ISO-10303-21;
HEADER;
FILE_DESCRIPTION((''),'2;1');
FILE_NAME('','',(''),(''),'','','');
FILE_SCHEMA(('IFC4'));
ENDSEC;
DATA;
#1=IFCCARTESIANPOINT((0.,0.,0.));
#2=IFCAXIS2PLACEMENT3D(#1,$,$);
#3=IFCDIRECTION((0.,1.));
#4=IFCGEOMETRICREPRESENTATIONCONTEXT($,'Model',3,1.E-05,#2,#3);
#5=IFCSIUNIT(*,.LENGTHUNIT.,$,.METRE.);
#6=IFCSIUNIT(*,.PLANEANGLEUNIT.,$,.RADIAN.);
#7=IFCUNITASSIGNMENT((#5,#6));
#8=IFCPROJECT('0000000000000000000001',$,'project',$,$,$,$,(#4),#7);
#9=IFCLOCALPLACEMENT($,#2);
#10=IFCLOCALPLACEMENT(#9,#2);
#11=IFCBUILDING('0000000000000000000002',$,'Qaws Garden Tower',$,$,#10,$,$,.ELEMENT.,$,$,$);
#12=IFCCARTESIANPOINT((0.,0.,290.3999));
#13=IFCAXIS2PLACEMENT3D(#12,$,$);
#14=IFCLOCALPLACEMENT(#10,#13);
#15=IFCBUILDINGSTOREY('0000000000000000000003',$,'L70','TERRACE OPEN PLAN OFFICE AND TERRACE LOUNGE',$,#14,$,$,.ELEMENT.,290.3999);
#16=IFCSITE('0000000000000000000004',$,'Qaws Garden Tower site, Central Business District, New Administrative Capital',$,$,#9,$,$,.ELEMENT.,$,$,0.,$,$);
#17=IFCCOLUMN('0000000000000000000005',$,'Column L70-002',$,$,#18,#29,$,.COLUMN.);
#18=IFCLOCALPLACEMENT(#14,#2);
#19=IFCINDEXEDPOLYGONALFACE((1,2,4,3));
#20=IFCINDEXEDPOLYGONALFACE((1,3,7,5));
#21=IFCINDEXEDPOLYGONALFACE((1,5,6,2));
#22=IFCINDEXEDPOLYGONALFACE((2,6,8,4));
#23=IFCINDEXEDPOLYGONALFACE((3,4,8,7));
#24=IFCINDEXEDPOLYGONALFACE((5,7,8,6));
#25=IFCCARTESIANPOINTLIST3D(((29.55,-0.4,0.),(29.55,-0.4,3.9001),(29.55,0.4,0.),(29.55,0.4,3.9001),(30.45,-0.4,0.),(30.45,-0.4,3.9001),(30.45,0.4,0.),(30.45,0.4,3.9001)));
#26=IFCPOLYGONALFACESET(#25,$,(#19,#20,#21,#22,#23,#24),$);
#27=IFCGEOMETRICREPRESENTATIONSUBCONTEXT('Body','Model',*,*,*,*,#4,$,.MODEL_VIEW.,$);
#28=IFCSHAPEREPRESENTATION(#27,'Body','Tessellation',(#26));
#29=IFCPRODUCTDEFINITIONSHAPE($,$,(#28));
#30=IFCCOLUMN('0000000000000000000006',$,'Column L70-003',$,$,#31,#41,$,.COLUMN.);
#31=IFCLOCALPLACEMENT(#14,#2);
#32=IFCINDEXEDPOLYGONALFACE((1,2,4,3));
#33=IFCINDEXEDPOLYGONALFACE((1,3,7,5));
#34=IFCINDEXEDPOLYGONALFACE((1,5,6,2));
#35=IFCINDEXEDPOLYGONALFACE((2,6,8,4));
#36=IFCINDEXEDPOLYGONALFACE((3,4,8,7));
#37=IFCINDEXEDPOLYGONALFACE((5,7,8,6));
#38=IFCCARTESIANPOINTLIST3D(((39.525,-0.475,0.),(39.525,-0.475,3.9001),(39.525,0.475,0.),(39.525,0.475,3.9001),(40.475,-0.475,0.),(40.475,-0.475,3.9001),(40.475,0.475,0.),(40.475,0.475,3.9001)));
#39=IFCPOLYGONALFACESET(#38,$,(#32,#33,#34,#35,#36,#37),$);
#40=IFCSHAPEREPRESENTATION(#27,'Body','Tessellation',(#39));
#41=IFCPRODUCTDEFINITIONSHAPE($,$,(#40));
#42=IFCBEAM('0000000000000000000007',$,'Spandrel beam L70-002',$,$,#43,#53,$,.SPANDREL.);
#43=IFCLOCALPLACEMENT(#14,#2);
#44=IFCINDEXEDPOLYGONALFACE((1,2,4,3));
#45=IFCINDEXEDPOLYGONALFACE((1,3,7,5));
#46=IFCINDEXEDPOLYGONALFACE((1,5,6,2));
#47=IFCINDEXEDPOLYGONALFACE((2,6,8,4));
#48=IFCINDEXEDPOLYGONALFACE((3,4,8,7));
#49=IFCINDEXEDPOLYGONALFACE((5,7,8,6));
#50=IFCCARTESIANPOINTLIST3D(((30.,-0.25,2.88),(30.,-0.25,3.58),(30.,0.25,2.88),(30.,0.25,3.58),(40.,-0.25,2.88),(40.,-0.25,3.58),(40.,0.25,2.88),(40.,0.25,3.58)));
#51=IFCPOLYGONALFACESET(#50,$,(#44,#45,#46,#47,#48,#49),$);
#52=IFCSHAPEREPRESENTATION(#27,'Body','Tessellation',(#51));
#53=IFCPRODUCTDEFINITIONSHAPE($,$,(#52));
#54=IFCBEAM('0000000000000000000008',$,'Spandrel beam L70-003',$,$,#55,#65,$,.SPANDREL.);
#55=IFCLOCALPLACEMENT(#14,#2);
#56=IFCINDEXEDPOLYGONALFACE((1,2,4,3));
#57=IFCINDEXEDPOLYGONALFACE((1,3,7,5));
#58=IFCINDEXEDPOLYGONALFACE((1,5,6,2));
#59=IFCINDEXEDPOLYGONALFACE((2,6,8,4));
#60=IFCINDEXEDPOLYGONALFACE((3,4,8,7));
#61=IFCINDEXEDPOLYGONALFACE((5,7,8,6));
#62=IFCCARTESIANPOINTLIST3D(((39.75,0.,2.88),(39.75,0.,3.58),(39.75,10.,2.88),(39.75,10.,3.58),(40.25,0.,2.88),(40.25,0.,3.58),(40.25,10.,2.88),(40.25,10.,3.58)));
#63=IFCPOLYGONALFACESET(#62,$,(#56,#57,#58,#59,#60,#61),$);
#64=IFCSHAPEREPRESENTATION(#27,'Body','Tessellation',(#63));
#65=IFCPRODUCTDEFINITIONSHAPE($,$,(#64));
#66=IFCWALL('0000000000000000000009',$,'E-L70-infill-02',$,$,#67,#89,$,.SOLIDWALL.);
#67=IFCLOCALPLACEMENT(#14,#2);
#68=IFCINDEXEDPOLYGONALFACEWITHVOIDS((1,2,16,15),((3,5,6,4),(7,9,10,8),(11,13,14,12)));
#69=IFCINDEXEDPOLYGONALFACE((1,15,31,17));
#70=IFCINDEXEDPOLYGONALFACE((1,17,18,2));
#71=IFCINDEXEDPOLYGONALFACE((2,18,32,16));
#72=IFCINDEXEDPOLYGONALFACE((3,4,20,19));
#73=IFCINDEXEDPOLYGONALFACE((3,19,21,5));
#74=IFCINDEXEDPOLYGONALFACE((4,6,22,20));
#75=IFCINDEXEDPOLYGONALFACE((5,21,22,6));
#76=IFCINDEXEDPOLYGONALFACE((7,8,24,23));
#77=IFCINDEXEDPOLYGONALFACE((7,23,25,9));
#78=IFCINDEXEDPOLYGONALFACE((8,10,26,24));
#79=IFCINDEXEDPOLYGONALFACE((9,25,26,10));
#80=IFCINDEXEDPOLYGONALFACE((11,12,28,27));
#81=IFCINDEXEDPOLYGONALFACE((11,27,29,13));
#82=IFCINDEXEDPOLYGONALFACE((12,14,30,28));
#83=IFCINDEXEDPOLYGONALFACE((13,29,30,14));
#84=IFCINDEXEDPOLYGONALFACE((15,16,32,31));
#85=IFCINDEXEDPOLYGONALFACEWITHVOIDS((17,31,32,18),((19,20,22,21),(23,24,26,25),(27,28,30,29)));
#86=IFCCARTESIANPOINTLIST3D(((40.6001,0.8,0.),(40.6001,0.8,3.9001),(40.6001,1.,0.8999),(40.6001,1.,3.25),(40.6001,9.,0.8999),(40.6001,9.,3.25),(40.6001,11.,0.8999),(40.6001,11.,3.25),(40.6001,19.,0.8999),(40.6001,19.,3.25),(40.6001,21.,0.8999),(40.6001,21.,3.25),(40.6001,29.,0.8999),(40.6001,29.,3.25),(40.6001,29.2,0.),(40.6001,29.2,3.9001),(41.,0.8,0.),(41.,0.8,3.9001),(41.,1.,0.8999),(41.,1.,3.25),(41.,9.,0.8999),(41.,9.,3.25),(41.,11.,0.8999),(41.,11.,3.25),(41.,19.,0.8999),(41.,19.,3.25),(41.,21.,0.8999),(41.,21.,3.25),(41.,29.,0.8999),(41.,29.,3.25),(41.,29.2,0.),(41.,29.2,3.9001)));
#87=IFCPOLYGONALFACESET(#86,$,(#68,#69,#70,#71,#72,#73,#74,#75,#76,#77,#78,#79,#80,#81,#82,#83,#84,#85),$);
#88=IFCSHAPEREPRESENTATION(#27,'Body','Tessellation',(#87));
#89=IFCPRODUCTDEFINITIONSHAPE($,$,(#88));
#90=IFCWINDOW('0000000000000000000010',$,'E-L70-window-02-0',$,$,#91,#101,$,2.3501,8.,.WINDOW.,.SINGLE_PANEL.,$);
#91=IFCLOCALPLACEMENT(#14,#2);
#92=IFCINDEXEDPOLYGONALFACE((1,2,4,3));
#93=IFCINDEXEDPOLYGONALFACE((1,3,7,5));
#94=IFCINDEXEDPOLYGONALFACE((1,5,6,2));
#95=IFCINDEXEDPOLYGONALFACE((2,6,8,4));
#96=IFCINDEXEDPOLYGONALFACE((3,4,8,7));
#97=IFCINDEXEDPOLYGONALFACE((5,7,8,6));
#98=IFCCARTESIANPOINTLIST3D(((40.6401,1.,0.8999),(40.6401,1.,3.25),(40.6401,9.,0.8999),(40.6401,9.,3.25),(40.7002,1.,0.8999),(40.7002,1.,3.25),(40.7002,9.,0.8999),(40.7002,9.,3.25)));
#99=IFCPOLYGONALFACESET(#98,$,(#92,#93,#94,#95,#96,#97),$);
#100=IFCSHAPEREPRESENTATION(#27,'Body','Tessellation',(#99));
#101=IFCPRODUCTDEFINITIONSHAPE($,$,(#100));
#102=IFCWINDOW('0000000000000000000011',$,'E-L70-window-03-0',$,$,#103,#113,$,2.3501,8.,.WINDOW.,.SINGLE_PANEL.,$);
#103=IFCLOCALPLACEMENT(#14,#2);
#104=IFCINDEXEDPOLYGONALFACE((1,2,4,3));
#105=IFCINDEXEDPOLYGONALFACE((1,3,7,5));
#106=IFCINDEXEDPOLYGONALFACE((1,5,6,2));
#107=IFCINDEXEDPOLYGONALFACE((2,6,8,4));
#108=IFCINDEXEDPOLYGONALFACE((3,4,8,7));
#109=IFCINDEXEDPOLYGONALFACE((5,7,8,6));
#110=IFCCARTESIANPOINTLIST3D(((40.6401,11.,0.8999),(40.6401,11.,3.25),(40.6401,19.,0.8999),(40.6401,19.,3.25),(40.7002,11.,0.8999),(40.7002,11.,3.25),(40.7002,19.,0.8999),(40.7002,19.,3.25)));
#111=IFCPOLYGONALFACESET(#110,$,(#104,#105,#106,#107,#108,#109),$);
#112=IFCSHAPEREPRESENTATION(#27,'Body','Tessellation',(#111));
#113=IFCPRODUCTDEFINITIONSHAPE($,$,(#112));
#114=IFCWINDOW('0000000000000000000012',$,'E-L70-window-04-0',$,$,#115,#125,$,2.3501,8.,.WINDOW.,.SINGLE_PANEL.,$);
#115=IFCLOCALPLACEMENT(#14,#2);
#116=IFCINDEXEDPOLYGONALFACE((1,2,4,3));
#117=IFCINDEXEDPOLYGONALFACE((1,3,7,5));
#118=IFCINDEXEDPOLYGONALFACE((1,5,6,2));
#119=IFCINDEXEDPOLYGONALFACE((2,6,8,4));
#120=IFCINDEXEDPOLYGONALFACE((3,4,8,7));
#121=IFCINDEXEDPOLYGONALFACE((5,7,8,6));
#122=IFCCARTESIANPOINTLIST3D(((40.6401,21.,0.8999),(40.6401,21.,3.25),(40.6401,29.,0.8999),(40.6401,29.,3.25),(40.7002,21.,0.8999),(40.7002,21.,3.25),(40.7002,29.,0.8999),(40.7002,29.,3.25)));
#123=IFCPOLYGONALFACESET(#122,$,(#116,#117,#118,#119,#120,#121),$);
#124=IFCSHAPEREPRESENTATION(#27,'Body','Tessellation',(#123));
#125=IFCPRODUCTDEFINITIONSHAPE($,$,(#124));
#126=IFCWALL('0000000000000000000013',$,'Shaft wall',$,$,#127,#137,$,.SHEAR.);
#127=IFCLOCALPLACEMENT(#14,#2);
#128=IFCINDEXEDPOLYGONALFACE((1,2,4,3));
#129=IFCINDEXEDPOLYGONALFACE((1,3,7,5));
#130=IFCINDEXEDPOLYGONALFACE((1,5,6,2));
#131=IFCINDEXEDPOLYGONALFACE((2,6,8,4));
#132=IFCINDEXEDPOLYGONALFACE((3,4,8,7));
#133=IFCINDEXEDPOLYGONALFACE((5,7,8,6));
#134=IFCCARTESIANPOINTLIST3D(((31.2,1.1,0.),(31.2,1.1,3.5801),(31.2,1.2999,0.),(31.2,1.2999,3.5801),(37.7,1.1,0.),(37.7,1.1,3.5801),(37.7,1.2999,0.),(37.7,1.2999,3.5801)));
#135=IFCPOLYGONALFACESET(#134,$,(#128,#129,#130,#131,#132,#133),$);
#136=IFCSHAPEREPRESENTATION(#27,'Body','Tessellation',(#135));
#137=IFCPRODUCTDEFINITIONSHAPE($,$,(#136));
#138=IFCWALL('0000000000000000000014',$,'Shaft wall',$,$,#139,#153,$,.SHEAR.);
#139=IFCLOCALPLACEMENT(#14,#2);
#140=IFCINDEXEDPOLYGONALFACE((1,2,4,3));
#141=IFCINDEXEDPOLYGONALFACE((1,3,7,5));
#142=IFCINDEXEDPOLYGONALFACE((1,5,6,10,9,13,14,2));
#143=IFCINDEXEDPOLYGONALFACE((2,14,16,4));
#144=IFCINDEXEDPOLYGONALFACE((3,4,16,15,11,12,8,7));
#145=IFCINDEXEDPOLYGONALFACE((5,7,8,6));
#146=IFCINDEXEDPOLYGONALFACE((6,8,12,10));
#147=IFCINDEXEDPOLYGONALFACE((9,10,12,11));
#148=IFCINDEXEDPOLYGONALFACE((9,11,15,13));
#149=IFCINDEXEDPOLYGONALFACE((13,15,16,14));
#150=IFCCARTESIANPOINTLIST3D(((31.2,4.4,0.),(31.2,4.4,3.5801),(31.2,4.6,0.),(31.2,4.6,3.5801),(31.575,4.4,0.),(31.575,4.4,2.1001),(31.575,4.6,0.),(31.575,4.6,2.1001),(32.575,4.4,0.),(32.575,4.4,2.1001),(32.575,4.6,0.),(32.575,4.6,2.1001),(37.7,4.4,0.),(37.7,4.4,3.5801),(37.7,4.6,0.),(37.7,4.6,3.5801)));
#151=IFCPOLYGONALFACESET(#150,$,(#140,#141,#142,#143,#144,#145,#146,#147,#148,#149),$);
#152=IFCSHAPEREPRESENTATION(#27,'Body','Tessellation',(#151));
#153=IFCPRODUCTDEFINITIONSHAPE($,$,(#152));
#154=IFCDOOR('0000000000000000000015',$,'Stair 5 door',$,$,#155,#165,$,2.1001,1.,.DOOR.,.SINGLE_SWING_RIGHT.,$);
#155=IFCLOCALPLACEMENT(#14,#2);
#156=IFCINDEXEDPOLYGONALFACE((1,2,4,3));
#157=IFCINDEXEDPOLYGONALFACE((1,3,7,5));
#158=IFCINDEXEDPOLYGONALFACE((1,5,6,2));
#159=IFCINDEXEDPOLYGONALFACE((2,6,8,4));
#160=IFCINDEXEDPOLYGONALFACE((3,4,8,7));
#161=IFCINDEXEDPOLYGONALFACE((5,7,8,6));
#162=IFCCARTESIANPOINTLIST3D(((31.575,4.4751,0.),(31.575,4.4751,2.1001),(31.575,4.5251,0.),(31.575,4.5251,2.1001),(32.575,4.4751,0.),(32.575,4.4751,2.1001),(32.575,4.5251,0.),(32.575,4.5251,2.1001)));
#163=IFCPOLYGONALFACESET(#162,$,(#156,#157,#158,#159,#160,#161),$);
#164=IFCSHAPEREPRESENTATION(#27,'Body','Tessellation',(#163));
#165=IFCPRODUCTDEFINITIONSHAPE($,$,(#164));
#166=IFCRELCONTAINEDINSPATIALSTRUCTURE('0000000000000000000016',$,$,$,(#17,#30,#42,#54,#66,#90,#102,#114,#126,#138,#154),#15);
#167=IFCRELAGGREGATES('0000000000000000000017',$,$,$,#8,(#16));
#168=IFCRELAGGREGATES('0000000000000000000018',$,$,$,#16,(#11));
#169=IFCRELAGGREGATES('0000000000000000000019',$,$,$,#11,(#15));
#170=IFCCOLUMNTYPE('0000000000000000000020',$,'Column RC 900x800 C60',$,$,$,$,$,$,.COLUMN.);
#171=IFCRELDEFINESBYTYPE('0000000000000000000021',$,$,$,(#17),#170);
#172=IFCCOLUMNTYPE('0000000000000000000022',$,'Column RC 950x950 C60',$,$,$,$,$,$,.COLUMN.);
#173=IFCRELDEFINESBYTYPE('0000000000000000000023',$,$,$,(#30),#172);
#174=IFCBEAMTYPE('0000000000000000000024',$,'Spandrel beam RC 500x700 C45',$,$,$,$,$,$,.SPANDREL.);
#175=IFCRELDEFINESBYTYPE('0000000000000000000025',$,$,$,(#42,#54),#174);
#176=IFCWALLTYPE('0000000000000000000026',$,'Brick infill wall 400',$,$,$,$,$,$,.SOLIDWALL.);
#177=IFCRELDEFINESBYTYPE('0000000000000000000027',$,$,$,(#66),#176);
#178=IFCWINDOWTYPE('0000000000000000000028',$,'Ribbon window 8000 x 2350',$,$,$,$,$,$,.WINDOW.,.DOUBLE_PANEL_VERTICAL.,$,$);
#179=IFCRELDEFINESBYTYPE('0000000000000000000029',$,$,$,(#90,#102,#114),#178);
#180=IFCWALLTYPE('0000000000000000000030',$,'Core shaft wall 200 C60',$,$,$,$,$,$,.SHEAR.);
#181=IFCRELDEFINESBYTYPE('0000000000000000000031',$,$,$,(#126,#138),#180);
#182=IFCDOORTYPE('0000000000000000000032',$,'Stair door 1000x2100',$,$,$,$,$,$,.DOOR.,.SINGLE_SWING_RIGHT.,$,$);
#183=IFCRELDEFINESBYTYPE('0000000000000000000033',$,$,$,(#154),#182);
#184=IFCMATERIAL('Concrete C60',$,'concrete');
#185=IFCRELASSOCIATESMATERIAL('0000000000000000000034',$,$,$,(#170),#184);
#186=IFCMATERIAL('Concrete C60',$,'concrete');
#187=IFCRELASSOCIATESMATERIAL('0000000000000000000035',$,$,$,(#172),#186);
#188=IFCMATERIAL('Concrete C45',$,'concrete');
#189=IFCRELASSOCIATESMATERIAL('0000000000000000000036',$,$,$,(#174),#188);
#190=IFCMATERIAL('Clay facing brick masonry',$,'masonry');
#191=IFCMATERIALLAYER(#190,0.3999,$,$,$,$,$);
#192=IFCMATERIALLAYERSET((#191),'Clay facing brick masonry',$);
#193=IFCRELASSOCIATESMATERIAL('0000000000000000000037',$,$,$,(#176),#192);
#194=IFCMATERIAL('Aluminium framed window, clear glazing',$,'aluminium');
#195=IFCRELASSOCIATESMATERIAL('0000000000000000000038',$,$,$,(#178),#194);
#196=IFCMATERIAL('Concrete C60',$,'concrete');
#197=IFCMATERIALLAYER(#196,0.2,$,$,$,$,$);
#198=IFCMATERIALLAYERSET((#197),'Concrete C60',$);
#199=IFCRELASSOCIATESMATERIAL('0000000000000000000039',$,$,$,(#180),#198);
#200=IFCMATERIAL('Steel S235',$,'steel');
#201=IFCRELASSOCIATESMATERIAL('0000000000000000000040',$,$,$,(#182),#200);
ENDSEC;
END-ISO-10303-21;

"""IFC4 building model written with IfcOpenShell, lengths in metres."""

from ifc_helpers import new_model, si_unit, direction, frame, frame_2d, origin, origin_2d, place, context, subcontext, project, spatial, rectangle, extrude, material, layer, layer_set, material_profile, profile_set, type_object, element, fill, save


model = new_model("IFC4")

# Units and contexts
model_context = context("Model", 3, precision=1e-05, world=origin(), true_north=direction((0.0, 1.0)))
body_context = subcontext(model_context, "Body", "Model", "MODEL_VIEW")
ifc_project = project(units=[si_unit("LENGTHUNIT", "METRE"), si_unit("PLANEANGLEUNIT", "RADIAN")], contexts=[model_context])

# Site, building, storey
site_placement = place(None, origin())
site = spatial("IfcSite", under=ifc_project, at=site_placement, Name="Qaws Garden Tower site, Central Business District, New Administrative Capital", CompositionType="ELEMENT", RefElevation=0.0)
building_placement = place(site_placement, origin())
building = spatial("IfcBuilding", under=site, at=building_placement, Name="Qaws Garden Tower", CompositionType="ELEMENT")
storey_placement = place(building_placement, frame((0.0, 0.0, 290.3999)))
storey = spatial("IfcBuildingStorey", under=building, at=storey_placement, Name="L70", Description="TERRACE OPEN PLAN OFFICE AND TERRACE LOUNGE", CompositionType="ELEMENT", Elevation=290.3999)

# Columns
ifc_material_1 = material(Name="Concrete C60", Category="concrete")
ifc_material_profile_1 = material_profile(ifc_material_1, rectangle(XDim=0.8999, YDim=0.8, at=origin_2d()), Name="RC 900x800")
ifc_profile_set_1 = profile_set([ifc_material_profile_1], Name="Concrete C60")
column_type_1 = type_object("IfcColumnType", Name="Column RC 900x800 C60", PredefinedType="COLUMN", material=ifc_profile_set_1)
column_1_placement = place(storey_placement, frame((30.0, 0.0, 0.0), z_axis=(0.0, 0.0, 1.0), x_axis=(1.0, 0.0, 0.0)))
element("IfcColumn", 1, at=column_1_placement, inside=storey, type_object=column_type_1, Name="Column L70-002", PredefinedType="COLUMN", context=body_context, shape_type="SweptSolid", body=[
    extrude(rectangle(XDim=0.8999, YDim=0.8, at=origin_2d()), origin(), (0.0, 0.0, 1.0), 3.9001),
])
ifc_material_2 = material(Name="Concrete C60", Category="concrete")
ifc_material_profile_2 = material_profile(ifc_material_2, rectangle(XDim=0.95, YDim=0.95, at=origin_2d()), Name="RC 950x950")
ifc_profile_set_2 = profile_set([ifc_material_profile_2], Name="Concrete C60")
column_type_2 = type_object("IfcColumnType", Name="Column RC 950x950 C60", PredefinedType="COLUMN", material=ifc_profile_set_2)
column_2_placement = place(storey_placement, frame((40.0, 0.0, 0.0), z_axis=(0.0, 0.0, 1.0), x_axis=(1.0, 0.0, 0.0)))
element("IfcColumn", 2, at=column_2_placement, inside=storey, type_object=column_type_2, Name="Column L70-003", PredefinedType="COLUMN", context=body_context, shape_type="SweptSolid", body=[
    extrude(rectangle(XDim=0.95, YDim=0.95, at=origin_2d()), origin(), (0.0, 0.0, 1.0), 3.9001),
])

# Beams
ifc_material_3 = material(Name="Concrete C45", Category="concrete")
ifc_material_profile_3 = material_profile(ifc_material_3, rectangle(XDim=0.5, YDim=0.7, at=origin_2d()), Name="RC 500x700")
ifc_profile_set_3 = profile_set([ifc_material_profile_3], Name="Concrete C45")
beam_type = type_object("IfcBeamType", Name="Spandrel beam RC 500x700 C45", PredefinedType="SPANDREL", material=ifc_profile_set_3)
for number, where, z_axis, x_axis, name in (
    (3, (30.0, 0.0, 3.23), (1.0, 0.0, 0.0), (0.0, 1.0, 0.0), "Spandrel beam L70-002"),
    (4, (40.0, 0.0, 3.23), (0.0, 1.0, 0.0), (-1.0, 0.0, 0.0), "Spandrel beam L70-003"),
):
    element("IfcBeam", number, at=place(storey_placement, frame(where, z_axis=z_axis, x_axis=x_axis)), inside=storey, type_object=beam_type, Name=name, PredefinedType="SPANDREL", context=body_context, shape_type="SweptSolid", body=[
        extrude(rectangle(XDim=0.5, YDim=0.7, at=origin_2d()), origin(), (0.0, 0.0, 1.0), 10.0),
    ])

# Wall, openings, windows
ifc_material_4 = material(Name="Clay facing brick masonry", Category="masonry")
ifc_layer_1 = layer(ifc_material_4, 0.3999)
ifc_layer_set_1 = layer_set([ifc_layer_1], Name="Clay facing brick masonry")
wall_type_1 = type_object("IfcWallType", Name="Brick infill wall 400", PredefinedType="SOLIDWALL", material=ifc_layer_set_1)
wall_1_placement = place(storey_placement, frame((40.8, 0.8, 0.0), z_axis=(0.0, 0.0, 1.0), x_axis=(0.0, 1.0, 0.0)))
wall_1 = element("IfcWall", 5, at=wall_1_placement, inside=storey, type_object=wall_type_1, Name="E-L70-infill-02", PredefinedType="SOLIDWALL", context=body_context, shape_type="SweptSolid", body=[
    extrude(rectangle(XDim=28.3999, YDim=0.3999, at=frame_2d((14.2, 0.0))), origin(), (0.0, 0.0, 1.0), 3.9001),
])
opening_1_placement = place(wall_1_placement, frame((0.2, 0.0, 0.8999)))
opening_1 = element("IfcOpeningElement", 6, at=opening_1_placement, cuts=wall_1, PredefinedType="OPENING", context=body_context, shape_type="SweptSolid", body=[
    extrude(rectangle(XDim=8.0, YDim=2.3501, at=frame_2d((4.0, 1.175))), frame((0.0, 0.21, 0.0), z_axis=(0.0, -1.0, 0.0), x_axis=(1.0, 0.0, 0.0)), (0.0, 0.0, 1.0), 0.4199),
])
opening_2_placement = place(wall_1_placement, frame((10.2, 0.0, 0.8999)))
opening_2 = element("IfcOpeningElement", 7, at=opening_2_placement, cuts=wall_1, PredefinedType="OPENING", context=body_context, shape_type="SweptSolid", body=[
    extrude(rectangle(XDim=8.0, YDim=2.3501, at=frame_2d((4.0, 1.175))), frame((0.0, 0.21, 0.0), z_axis=(0.0, -1.0, 0.0), x_axis=(1.0, 0.0, 0.0)), (0.0, 0.0, 1.0), 0.4199),
])
opening_3_placement = place(wall_1_placement, frame((20.2, 0.0, 0.8999)))
opening_3 = element("IfcOpeningElement", 8, at=opening_3_placement, cuts=wall_1, PredefinedType="OPENING", context=body_context, shape_type="SweptSolid", body=[
    extrude(rectangle(XDim=8.0, YDim=2.3501, at=frame_2d((4.0, 1.175))), frame((0.0, 0.21, 0.0), z_axis=(0.0, -1.0, 0.0), x_axis=(1.0, 0.0, 0.0)), (0.0, 0.0, 1.0), 0.4199),
])
ifc_material_5 = material(Name="Aluminium framed window, clear glazing", Category="aluminium")
window_type = type_object("IfcWindowType", Name="Ribbon window 8000 x 2350", PartitioningType="DOUBLE_PANEL_VERTICAL", PredefinedType="WINDOW", material=ifc_material_5)
window_1_placement = place(opening_1_placement, origin())
window_1 = element("IfcWindow", 9, at=window_1_placement, inside=storey, type_object=window_type, Name="E-L70-window-02-0", OverallHeight=2.3501, OverallWidth=8.0, PartitioningType="SINGLE_PANEL", PredefinedType="WINDOW", context=body_context, shape_type="SweptSolid", body=[
    extrude(rectangle(XDim=8.0, YDim=2.3501, at=frame_2d((4.0, 1.175))), frame((0.0, 0.1599, 0.0), z_axis=(0.0, -1.0, 0.0), x_axis=(1.0, 0.0, 0.0)), (0.0, 0.0, 1.0), 0.0601),
])
fill(opening_1, window_1)
window_2_placement = place(opening_2_placement, origin())
window_2 = element("IfcWindow", 10, at=window_2_placement, inside=storey, type_object=window_type, Name="E-L70-window-03-0", OverallHeight=2.3501, OverallWidth=8.0, PartitioningType="SINGLE_PANEL", PredefinedType="WINDOW", context=body_context, shape_type="SweptSolid", body=[
    extrude(rectangle(XDim=8.0, YDim=2.3501, at=frame_2d((4.0, 1.175))), frame((0.0, 0.1599, 0.0), z_axis=(0.0, -1.0, 0.0), x_axis=(1.0, 0.0, 0.0)), (0.0, 0.0, 1.0), 0.0601),
])
fill(opening_2, window_2)
window_3_placement = place(opening_3_placement, origin())
window_3 = element("IfcWindow", 11, at=window_3_placement, inside=storey, type_object=window_type, Name="E-L70-window-04-0", OverallHeight=2.3501, OverallWidth=8.0, PartitioningType="SINGLE_PANEL", PredefinedType="WINDOW", context=body_context, shape_type="SweptSolid", body=[
    extrude(rectangle(XDim=8.0, YDim=2.3501, at=frame_2d((4.0, 1.175))), frame((0.0, 0.1599, 0.0), z_axis=(0.0, -1.0, 0.0), x_axis=(1.0, 0.0, 0.0)), (0.0, 0.0, 1.0), 0.0601),
])
fill(opening_3, window_3)

# Wall
ifc_material_6 = material(Name="Concrete C60", Category="concrete")
ifc_layer_2 = layer(ifc_material_6, 0.2)
ifc_layer_set_2 = layer_set([ifc_layer_2], Name="Concrete C60")
wall_type_2 = type_object("IfcWallType", Name="Core shaft wall 200 C60", PredefinedType="SHEAR", material=ifc_layer_set_2)
wall_2_placement = place(storey_placement, frame((31.2, 1.2, 0.0), z_axis=(0.0, 0.0, 1.0), x_axis=(1.0, 0.0, 0.0)))
element("IfcWall", 12, at=wall_2_placement, inside=storey, type_object=wall_type_2, Name="Shaft wall", PredefinedType="SHEAR", context=body_context, shape_type="SweptSolid", body=[
    extrude(rectangle(XDim=6.5, YDim=0.2, at=frame_2d((3.25, 0.0))), origin(), (0.0, 0.0, 1.0), 3.5801),
])

# Wall, opening, door
wall_3_placement = place(storey_placement, frame((31.2, 4.5, 0.0), z_axis=(0.0, 0.0, 1.0), x_axis=(1.0, 0.0, 0.0)))
wall_3 = element("IfcWall", 13, at=wall_3_placement, inside=storey, type_object=wall_type_2, Name="Shaft wall", PredefinedType="SHEAR", context=body_context, shape_type="SweptSolid", body=[
    extrude(rectangle(XDim=6.5, YDim=0.2, at=frame_2d((3.25, 0.0))), origin(), (0.0, 0.0, 1.0), 3.5801),
])
opening_4_placement = place(wall_3_placement, frame((0.375, 0.0, 0.0)))
opening_4 = element("IfcOpeningElement", 14, at=opening_4_placement, cuts=wall_3, PredefinedType="OPENING", context=body_context, shape_type="SweptSolid", body=[
    extrude(rectangle(XDim=1.0, YDim=2.1001, at=frame_2d((0.5, 1.05))), frame((0.0, 0.1099, 0.0), z_axis=(0.0, -1.0, 0.0), x_axis=(1.0, 0.0, 0.0)), (0.0, 0.0, 1.0), 0.22),
])
ifc_material_7 = material(Name="Steel S235", Category="steel")
door_type = type_object("IfcDoorType", Name="Stair door 1000x2100", OperationType="SINGLE_SWING_RIGHT", PredefinedType="DOOR", material=ifc_material_7)
door_placement = place(opening_4_placement, frame((1.0, 0.0, 0.0), z_axis=(0.0, 0.0, 1.0), x_axis=(-1.0, 0.0, 0.0)))
door = element("IfcDoor", 15, at=door_placement, inside=storey, type_object=door_type, Name="Stair 5 door", OperationType="SINGLE_SWING_RIGHT", OverallHeight=2.1001, OverallWidth=1.0, PredefinedType="DOOR", context=body_context, shape_type="SweptSolid", body=[
    extrude(rectangle(XDim=1.0, YDim=2.1001, at=frame_2d((0.5, 1.05))), frame((0.0, 0.0249, 0.0), z_axis=(0.0, -1.0, 0.0), x_axis=(1.0, 0.0, 0.0)), (0.0, 0.0, 1.0), 0.05),
])
fill(opening_4, door)

save(model, "model.ifc")
